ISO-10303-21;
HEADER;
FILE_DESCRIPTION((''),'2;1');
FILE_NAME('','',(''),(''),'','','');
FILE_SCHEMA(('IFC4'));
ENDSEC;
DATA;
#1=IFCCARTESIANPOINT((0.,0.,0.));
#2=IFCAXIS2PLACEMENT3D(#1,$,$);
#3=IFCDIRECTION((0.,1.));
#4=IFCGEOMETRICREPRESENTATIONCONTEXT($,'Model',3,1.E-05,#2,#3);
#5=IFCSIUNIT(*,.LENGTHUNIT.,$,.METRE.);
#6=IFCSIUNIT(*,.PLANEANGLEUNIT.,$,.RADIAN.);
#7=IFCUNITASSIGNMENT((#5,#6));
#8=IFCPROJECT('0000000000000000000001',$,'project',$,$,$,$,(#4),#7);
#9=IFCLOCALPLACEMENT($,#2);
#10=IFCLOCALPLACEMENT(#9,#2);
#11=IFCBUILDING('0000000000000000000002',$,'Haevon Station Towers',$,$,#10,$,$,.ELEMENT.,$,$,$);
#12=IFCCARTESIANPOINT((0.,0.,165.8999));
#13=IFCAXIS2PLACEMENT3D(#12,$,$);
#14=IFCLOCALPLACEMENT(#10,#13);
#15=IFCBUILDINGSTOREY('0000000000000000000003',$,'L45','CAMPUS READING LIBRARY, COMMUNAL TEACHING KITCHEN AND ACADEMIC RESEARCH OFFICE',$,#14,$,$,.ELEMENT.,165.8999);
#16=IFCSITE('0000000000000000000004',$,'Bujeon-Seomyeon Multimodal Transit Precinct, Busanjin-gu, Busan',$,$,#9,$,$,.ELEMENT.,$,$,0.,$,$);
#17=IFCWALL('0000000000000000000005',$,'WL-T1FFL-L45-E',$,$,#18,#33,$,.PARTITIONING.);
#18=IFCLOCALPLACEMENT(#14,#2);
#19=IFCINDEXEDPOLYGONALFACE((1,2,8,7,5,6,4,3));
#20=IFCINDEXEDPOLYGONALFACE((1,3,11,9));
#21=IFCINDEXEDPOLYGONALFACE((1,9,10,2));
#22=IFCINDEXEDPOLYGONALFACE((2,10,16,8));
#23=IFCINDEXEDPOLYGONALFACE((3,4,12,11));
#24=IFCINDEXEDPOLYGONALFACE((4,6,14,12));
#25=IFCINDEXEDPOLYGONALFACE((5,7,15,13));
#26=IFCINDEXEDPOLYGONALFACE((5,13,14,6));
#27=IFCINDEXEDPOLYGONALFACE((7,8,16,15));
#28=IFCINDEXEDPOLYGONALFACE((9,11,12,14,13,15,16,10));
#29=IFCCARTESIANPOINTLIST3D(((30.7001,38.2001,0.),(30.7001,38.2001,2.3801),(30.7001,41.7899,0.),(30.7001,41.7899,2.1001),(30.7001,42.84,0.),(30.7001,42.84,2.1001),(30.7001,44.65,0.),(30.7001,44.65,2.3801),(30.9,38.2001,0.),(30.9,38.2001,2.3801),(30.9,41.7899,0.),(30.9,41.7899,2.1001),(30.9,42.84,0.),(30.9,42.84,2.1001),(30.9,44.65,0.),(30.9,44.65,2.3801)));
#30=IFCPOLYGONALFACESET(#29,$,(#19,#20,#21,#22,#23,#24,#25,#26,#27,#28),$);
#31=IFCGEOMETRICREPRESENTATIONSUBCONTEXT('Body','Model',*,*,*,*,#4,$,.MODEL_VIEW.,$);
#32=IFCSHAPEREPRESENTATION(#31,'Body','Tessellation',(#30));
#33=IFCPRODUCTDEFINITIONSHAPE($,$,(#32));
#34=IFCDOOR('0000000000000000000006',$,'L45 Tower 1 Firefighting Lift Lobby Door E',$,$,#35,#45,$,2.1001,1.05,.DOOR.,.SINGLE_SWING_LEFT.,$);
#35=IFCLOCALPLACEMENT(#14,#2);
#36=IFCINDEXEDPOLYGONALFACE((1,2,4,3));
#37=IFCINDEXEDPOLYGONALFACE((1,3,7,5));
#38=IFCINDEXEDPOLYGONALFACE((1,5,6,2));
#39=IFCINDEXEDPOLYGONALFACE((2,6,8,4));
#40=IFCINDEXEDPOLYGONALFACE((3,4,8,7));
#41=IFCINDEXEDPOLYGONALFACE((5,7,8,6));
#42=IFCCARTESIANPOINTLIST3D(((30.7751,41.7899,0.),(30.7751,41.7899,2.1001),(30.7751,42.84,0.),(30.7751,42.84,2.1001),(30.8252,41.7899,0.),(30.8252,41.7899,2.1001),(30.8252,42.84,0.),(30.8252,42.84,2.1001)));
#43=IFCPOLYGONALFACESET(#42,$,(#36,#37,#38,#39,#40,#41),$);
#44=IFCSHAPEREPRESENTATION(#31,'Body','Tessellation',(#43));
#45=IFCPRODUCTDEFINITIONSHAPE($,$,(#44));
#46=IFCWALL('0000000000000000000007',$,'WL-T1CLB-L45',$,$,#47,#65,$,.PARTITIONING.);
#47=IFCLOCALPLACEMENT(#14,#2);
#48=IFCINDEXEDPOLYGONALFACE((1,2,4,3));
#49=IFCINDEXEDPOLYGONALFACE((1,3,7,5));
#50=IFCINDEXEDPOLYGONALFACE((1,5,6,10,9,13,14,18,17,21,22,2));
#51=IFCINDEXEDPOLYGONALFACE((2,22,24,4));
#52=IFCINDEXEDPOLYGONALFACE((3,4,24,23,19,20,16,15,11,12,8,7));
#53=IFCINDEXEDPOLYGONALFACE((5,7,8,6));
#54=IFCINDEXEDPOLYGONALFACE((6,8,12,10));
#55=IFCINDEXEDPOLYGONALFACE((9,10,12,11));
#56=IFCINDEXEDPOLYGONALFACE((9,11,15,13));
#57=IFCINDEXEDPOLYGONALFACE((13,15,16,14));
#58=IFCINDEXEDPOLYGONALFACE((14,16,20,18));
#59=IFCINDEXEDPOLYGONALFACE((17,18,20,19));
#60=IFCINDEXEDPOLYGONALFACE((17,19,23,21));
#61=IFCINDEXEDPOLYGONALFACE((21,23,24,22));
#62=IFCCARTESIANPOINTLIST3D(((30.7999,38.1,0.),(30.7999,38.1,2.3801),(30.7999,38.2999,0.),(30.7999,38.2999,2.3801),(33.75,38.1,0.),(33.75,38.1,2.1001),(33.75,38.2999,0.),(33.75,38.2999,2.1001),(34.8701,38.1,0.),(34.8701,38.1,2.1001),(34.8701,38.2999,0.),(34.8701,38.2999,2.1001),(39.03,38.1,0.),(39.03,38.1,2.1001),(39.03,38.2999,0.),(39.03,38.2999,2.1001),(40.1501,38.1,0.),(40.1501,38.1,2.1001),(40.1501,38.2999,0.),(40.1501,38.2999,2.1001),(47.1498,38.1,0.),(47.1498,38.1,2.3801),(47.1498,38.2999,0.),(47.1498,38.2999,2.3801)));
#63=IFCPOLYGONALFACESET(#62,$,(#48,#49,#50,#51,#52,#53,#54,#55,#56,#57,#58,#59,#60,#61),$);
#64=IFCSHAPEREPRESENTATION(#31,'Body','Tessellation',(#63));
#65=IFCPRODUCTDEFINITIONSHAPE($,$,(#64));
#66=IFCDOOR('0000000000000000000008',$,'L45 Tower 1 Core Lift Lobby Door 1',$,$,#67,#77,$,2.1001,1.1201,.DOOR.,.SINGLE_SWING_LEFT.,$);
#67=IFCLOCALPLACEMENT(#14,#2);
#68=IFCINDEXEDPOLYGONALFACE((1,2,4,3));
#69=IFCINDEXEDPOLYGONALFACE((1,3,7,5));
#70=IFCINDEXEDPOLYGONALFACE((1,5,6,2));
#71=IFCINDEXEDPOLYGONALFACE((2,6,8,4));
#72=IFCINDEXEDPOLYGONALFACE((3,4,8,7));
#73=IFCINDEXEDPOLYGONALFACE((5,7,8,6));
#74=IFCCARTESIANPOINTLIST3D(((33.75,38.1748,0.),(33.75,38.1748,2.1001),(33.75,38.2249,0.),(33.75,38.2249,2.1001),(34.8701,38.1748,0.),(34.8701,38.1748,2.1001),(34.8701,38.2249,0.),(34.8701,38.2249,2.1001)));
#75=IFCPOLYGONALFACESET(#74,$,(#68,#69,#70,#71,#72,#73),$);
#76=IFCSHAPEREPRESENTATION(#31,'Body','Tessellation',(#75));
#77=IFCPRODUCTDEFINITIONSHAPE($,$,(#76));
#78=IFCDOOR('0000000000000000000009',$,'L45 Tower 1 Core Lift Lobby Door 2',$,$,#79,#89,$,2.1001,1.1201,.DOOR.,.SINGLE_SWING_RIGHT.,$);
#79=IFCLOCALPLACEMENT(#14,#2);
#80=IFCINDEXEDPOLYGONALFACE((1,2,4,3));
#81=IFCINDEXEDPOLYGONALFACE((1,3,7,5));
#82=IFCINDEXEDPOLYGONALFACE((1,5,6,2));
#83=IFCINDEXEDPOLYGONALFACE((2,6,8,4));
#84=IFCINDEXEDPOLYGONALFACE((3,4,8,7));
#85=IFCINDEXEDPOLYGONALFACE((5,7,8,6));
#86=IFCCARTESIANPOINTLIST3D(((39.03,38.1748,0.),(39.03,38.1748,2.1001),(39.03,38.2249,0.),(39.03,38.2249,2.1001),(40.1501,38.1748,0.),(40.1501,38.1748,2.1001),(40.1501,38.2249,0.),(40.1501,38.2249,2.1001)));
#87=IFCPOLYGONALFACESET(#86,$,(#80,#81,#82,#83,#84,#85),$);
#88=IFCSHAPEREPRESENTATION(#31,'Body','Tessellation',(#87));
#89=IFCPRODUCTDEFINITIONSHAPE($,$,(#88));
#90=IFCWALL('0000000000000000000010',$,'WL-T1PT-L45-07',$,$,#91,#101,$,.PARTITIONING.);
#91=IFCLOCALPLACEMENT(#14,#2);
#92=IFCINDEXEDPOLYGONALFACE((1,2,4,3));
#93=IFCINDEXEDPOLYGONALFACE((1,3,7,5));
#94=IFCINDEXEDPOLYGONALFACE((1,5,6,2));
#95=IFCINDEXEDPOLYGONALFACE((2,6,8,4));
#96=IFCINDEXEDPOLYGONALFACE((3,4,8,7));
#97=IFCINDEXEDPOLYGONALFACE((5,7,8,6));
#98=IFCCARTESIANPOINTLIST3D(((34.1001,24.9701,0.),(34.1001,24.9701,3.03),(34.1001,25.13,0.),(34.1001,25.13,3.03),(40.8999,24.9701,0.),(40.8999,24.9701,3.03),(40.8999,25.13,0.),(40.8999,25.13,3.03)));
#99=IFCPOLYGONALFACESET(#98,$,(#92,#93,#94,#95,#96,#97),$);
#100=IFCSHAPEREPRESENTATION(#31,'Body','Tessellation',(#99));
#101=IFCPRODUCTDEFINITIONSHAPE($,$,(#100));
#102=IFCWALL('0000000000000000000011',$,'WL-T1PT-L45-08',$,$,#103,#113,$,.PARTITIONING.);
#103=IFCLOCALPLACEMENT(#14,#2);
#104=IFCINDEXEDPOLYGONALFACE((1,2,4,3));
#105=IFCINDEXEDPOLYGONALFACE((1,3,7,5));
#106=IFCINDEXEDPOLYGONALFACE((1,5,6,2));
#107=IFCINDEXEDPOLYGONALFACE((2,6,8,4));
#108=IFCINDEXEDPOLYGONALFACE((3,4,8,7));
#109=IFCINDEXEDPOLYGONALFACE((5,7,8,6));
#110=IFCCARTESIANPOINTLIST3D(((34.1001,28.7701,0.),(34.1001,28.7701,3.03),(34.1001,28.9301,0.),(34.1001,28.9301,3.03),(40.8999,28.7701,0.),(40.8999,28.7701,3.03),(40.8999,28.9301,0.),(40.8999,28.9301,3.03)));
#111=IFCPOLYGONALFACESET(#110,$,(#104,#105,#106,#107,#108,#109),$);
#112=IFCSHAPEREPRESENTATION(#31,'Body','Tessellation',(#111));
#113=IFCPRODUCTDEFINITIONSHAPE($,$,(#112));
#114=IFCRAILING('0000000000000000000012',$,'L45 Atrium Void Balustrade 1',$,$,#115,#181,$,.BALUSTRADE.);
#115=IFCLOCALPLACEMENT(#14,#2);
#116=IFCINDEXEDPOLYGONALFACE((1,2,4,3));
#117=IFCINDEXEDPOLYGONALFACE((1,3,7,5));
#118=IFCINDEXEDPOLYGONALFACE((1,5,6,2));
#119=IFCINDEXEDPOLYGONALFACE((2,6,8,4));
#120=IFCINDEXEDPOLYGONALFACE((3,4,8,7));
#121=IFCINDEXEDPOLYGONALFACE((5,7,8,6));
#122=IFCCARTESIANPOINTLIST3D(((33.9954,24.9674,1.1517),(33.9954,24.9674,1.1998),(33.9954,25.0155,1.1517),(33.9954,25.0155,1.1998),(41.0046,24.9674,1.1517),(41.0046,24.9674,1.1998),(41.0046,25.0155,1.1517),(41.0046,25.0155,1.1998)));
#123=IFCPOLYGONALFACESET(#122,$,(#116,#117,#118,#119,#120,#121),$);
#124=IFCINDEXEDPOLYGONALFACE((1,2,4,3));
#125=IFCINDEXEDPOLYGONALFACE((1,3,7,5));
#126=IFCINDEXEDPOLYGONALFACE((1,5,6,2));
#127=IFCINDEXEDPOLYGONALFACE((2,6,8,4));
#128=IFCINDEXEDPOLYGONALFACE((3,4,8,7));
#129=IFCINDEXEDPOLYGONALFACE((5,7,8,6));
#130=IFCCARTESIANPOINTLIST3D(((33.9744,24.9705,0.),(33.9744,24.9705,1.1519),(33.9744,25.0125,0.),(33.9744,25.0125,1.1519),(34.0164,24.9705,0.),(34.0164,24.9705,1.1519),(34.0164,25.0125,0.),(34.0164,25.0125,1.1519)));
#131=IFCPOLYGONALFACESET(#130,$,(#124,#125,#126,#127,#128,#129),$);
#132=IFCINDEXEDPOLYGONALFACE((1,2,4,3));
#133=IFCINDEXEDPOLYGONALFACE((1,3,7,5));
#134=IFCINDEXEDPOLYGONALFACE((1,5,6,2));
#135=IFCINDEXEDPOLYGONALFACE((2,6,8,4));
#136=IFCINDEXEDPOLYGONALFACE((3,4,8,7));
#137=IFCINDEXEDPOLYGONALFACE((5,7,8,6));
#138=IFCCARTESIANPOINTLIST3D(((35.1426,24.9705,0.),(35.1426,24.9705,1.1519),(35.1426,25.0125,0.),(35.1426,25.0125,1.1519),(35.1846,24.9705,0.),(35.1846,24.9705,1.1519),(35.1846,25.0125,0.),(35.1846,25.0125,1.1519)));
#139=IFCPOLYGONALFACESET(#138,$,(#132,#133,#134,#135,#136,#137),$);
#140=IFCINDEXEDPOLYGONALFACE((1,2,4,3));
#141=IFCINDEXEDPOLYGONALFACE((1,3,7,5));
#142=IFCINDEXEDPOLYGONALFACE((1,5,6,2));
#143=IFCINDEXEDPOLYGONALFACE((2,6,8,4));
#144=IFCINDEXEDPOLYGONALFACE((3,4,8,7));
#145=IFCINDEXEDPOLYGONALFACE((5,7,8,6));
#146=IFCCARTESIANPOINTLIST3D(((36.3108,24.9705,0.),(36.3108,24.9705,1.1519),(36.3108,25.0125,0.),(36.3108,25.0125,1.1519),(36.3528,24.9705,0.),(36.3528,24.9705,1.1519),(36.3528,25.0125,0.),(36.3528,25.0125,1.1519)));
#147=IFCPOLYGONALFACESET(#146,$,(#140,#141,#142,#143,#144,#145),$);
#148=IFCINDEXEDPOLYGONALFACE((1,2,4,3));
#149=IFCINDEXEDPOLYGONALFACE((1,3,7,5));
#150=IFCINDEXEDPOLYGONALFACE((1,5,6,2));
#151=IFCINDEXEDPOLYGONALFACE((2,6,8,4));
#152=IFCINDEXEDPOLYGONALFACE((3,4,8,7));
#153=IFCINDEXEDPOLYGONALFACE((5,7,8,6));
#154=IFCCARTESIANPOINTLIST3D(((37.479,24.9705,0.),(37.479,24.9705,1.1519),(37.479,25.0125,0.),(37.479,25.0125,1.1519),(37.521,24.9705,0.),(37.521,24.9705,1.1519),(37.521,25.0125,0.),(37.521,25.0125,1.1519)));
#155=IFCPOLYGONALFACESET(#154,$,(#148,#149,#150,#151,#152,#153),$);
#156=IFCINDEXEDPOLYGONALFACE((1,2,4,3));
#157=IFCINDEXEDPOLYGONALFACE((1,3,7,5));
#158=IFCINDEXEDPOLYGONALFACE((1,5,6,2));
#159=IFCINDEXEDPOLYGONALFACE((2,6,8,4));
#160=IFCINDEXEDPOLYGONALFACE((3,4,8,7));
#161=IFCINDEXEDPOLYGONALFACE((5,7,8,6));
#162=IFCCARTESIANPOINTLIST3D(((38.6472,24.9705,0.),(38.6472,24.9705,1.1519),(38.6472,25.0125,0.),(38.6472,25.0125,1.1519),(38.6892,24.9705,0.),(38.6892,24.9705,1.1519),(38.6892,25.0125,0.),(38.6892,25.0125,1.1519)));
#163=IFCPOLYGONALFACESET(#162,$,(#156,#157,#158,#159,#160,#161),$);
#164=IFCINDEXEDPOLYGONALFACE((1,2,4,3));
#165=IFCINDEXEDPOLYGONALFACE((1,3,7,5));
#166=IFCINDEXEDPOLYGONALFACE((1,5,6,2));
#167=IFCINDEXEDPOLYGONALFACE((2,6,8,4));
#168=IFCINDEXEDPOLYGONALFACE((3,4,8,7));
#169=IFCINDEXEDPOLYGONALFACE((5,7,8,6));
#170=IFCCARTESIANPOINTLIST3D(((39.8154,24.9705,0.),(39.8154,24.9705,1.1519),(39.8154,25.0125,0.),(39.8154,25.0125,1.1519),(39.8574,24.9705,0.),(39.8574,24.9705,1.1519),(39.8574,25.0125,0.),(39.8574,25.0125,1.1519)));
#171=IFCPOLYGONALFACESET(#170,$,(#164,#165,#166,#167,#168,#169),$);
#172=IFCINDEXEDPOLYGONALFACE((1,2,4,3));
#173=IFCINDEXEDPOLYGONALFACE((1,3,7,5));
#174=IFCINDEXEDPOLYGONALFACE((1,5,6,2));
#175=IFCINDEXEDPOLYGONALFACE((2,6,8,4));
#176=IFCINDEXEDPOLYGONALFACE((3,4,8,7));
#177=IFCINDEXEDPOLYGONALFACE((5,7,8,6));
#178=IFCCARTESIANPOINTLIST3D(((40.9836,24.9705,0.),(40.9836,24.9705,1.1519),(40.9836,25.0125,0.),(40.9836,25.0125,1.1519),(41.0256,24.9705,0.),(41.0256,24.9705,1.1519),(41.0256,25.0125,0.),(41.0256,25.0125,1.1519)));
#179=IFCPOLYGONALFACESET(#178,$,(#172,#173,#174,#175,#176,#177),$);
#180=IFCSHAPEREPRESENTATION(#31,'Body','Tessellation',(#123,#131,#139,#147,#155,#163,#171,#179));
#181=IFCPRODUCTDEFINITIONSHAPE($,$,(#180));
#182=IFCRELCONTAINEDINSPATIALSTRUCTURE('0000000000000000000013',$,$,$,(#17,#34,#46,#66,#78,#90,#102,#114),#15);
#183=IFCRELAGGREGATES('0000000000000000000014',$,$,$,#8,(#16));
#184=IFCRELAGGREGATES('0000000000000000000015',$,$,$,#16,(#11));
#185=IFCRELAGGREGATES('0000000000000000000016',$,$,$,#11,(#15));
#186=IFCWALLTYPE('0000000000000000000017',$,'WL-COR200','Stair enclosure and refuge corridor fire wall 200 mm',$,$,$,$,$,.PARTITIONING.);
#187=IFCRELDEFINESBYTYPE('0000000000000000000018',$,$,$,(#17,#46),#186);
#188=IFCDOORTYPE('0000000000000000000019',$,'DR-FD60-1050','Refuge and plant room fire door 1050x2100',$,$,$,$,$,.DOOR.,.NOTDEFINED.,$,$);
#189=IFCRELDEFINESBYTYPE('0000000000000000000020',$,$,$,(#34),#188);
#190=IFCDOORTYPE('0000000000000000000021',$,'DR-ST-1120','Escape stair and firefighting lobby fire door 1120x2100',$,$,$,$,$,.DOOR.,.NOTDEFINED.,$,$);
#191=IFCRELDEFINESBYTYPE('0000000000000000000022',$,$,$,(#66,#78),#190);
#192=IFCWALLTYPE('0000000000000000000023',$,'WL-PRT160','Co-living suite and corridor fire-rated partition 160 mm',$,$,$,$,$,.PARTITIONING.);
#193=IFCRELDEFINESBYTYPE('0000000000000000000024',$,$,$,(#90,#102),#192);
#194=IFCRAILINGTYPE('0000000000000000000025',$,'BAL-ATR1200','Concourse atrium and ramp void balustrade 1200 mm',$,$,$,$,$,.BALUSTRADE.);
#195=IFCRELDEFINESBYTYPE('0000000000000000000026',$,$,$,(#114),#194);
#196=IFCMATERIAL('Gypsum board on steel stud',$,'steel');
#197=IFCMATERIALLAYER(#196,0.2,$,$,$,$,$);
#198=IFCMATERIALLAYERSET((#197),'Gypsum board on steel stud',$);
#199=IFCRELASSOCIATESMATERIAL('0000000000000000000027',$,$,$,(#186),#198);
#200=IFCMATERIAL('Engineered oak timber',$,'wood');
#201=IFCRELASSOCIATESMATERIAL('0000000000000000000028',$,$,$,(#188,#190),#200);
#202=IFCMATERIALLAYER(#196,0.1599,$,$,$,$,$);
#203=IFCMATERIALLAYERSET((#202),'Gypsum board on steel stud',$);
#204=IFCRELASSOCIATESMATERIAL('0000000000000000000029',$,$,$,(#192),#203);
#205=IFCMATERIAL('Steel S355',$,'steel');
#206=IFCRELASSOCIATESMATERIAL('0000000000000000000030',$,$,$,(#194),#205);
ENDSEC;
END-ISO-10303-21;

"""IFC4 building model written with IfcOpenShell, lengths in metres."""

from ifc_helpers import new_model, si_unit, direction, frame, frame_2d, origin, origin_2d, place, context, subcontext, project, spatial, rectangle, extrude, material, layer, layer_set, type_object, element, fill, save


model = new_model("IFC4")

# Units and contexts
model_context = context("Model", 3, precision=1e-05, world=origin(), true_north=direction((0.0, 1.0)))
body_context = subcontext(model_context, "Body", "Model", "MODEL_VIEW")
ifc_project = project(units=[si_unit("LENGTHUNIT", "METRE"), si_unit("PLANEANGLEUNIT", "RADIAN")], contexts=[model_context])

# Site, building, storey
site_placement = place(None, origin())
site = spatial("IfcSite", under=ifc_project, at=site_placement, Name="Bujeon-Seomyeon Multimodal Transit Precinct, Busanjin-gu, Busan", CompositionType="ELEMENT", RefElevation=0.0)
building_placement = place(site_placement, origin())
building = spatial("IfcBuilding", under=site, at=building_placement, Name="Haevon Station Towers", CompositionType="ELEMENT")
storey_placement = place(building_placement, frame((0.0, 0.0, 165.8999)))
storey = spatial("IfcBuildingStorey", under=building, at=storey_placement, Name="L45", Description="CAMPUS READING LIBRARY, COMMUNAL TEACHING KITCHEN AND ACADEMIC RESEARCH OFFICE", CompositionType="ELEMENT", Elevation=165.8999)

# Shared definitions
ifc_material_1 = material(Name="Steel S355", Category="steel")

# Shared definitions
ifc_material_2 = material(Name="Gypsum board on steel stud", Category="steel")

# Wall, opening, door
ifc_layer_1 = layer(ifc_material_2, 0.2)
ifc_layer_set_1 = layer_set([ifc_layer_1], Name="Gypsum board on steel stud")
wall_type_1 = type_object("IfcWallType", Name="WL-COR200", Description="Stair enclosure and refuge corridor fire wall 200 mm", PredefinedType="PARTITIONING", material=ifc_layer_set_1)
wall_1_placement = place(storey_placement, frame((30.8, 38.2, 0.0), z_axis=(0.0, 0.0, 1.0), x_axis=(0.0, 1.0, 0.0)))
wall_1 = element("IfcWall", 1, at=wall_1_placement, inside=storey, type_object=wall_type_1, Name="WL-T1FFL-L45-E", PredefinedType="PARTITIONING", context=body_context, shape_type="SweptSolid", body=[
    extrude(rectangle(XDim=6.45, YDim=0.2, at=frame_2d((3.2251, 0.0))), origin(), (0.0, 0.0, 1.0), 2.3801),
])
opening_1_placement = place(wall_1_placement, frame((3.5901, 0.0, 0.0)))
opening_1 = element("IfcOpeningElement", 2, at=opening_1_placement, cuts=wall_1, PredefinedType="OPENING", context=body_context, shape_type="SweptSolid", body=[
    extrude(rectangle(XDim=1.05, YDim=2.1001, at=frame_2d((0.5249, 1.05))), frame((0.0, 0.1099, 0.0), z_axis=(0.0, -1.0, 0.0), x_axis=(1.0, 0.0, 0.0)), (0.0, 0.0, 1.0), 0.22),
])
ifc_material_3 = material(Name="Engineered oak timber", Category="wood")
door_type_1 = type_object("IfcDoorType", Name="DR-FD60-1050", Description="Refuge and plant room fire door 1050x2100", OperationType="NOTDEFINED", PredefinedType="DOOR", material=ifc_material_3)
door_1_placement = place(opening_1_placement, origin())
door_1 = element("IfcDoor", 3, at=door_1_placement, inside=storey, type_object=door_type_1, Name="L45 Tower 1 Firefighting Lift Lobby Door E", OperationType="SINGLE_SWING_LEFT", OverallHeight=2.1001, OverallWidth=1.05, PredefinedType="DOOR", context=body_context, shape_type="SweptSolid", body=[
    extrude(rectangle(XDim=1.05, YDim=2.1001, at=frame_2d((0.5249, 1.05))), frame((0.0, 0.0249, 0.0), z_axis=(0.0, -1.0, 0.0), x_axis=(1.0, 0.0, 0.0)), (0.0, 0.0, 1.0), 0.05),
])
fill(opening_1, door_1)

# Wall, openings, doors
wall_2_placement = place(storey_placement, frame((30.8, 38.2, 0.0), z_axis=(0.0, 0.0, 1.0), x_axis=(1.0, 0.0, 0.0)))
wall_2 = element("IfcWall", 4, at=wall_2_placement, inside=storey, type_object=wall_type_1, Name="WL-T1CLB-L45", PredefinedType="PARTITIONING", context=body_context, shape_type="SweptSolid", body=[
    extrude(rectangle(XDim=16.3499, YDim=0.2, at=frame_2d((8.1748, 0.0))), origin(), (0.0, 0.0, 1.0), 2.3801),
])
opening_2_placement = place(wall_2_placement, frame((2.95, 0.0, 0.0)))
opening_2 = element("IfcOpeningElement", 5, at=opening_2_placement, cuts=wall_2, PredefinedType="OPENING", context=body_context, shape_type="SweptSolid", body=[
    extrude(rectangle(XDim=1.1201, YDim=2.1001, at=frame_2d((0.5601, 1.05))), frame((0.0, 0.1099, 0.0), z_axis=(0.0, -1.0, 0.0), x_axis=(1.0, 0.0, 0.0)), (0.0, 0.0, 1.0), 0.22),
])
opening_3_placement = place(wall_2_placement, frame((8.23, 0.0, 0.0)))
opening_3 = element("IfcOpeningElement", 6, at=opening_3_placement, cuts=wall_2, PredefinedType="OPENING", context=body_context, shape_type="SweptSolid", body=[
    extrude(rectangle(XDim=1.1201, YDim=2.1001, at=frame_2d((0.5601, 1.05))), frame((0.0, 0.1099, 0.0), z_axis=(0.0, -1.0, 0.0), x_axis=(1.0, 0.0, 0.0)), (0.0, 0.0, 1.0), 0.22),
])
door_type_2 = type_object("IfcDoorType", Name="DR-ST-1120", Description="Escape stair and firefighting lobby fire door 1120x2100", OperationType="NOTDEFINED", PredefinedType="DOOR", material=ifc_material_3)
door_2_placement = place(opening_2_placement, origin())
door_2 = element("IfcDoor", 7, at=door_2_placement, inside=storey, type_object=door_type_2, Name="L45 Tower 1 Core Lift Lobby Door 1", OperationType="SINGLE_SWING_LEFT", OverallHeight=2.1001, OverallWidth=1.1201, PredefinedType="DOOR", context=body_context, shape_type="SweptSolid", body=[
    extrude(rectangle(XDim=1.1201, YDim=2.1001, at=frame_2d((0.5601, 1.05))), frame((0.0, 0.0249, 0.0), z_axis=(0.0, -1.0, 0.0), x_axis=(1.0, 0.0, 0.0)), (0.0, 0.0, 1.0), 0.05),
])
fill(opening_2, door_2)
door_3_placement = place(opening_3_placement, origin())
door_3 = element("IfcDoor", 8, at=door_3_placement, inside=storey, type_object=door_type_2, Name="L45 Tower 1 Core Lift Lobby Door 2", OperationType="SINGLE_SWING_RIGHT", OverallHeight=2.1001, OverallWidth=1.1201, PredefinedType="DOOR", context=body_context, shape_type="SweptSolid", body=[
    extrude(rectangle(XDim=1.1201, YDim=2.1001, at=frame_2d((0.5601, 1.05))), frame((0.0, 0.0249, 0.0), z_axis=(0.0, -1.0, 0.0), x_axis=(1.0, 0.0, 0.0)), (0.0, 0.0, 1.0), 0.05),
])
fill(opening_3, door_3)

# Walls
ifc_layer_2 = layer(ifc_material_2, 0.1599)
ifc_layer_set_2 = layer_set([ifc_layer_2], Name="Gypsum board on steel stud")
wall_type_2 = type_object("IfcWallType", Name="WL-PRT160", Description="Co-living suite and corridor fire-rated partition 160 mm", PredefinedType="PARTITIONING", material=ifc_layer_set_2)
for number, where, z_axis, x_axis, name in (
    (9, (34.1001, 25.05, 0.0), (0.0, 0.0, 1.0), (1.0, 0.0, 0.0), "WL-T1PT-L45-07"),
    (10, (34.1001, 28.8501, 0.0), (0.0, 0.0, 1.0), (1.0, 0.0, 0.0), "WL-T1PT-L45-08"),
):
    element("IfcWall", number, at=place(storey_placement, frame(where, z_axis=z_axis, x_axis=x_axis)), inside=storey, type_object=wall_type_2, Name=name, PredefinedType="PARTITIONING", context=body_context, shape_type="SweptSolid", body=[
        extrude(rectangle(XDim=6.7998, YDim=0.1599, at=frame_2d((3.3999, 0.0))), origin(), (0.0, 0.0, 1.0), 3.03),
    ])

# Railing
railing_type_1 = type_object("IfcRailingType", Name="BAL-ATR1200", Description="Concourse atrium and ramp void balustrade 1200 mm", PredefinedType="BALUSTRADE", material=ifc_material_1)
railing_1_placement = place(storey_placement, frame((33.9954, 24.9915, 0.0)))
element("IfcRailing", 11, at=railing_1_placement, inside=storey, type_object=railing_type_1, Name="L45 Atrium Void Balustrade 1", PredefinedType="BALUSTRADE", context=body_context, shape_type="SweptSolid", body=[
    extrude(rectangle(XDim=0.0481, YDim=0.0481, at=origin_2d()), frame((0.0, 0.0, 1.1758), z_axis=(1.0, 0.0, 0.0), x_axis=(0.0, 1.0, 0.0)), (0.0, 0.0, 1.0), 7.0093),
    extrude(rectangle(XDim=0.042, YDim=0.042, at=origin_2d()), origin(), (0.0, 0.0, 1.0), 1.1519),
    extrude(rectangle(XDim=0.042, YDim=0.042, at=origin_2d()), frame((1.1682, 0.0, 0.0)), (0.0, 0.0, 1.0), 1.1519),
    extrude(rectangle(XDim=0.042, YDim=0.042, at=origin_2d()), frame((2.3364, 0.0, 0.0)), (0.0, 0.0, 1.0), 1.1519),
    extrude(rectangle(XDim=0.042, YDim=0.042, at=origin_2d()), frame((3.5046, 0.0, 0.0)), (0.0, 0.0, 1.0), 1.1519),
    extrude(rectangle(XDim=0.042, YDim=0.042, at=origin_2d()), frame((4.6729, 0.0, 0.0)), (0.0, 0.0, 1.0), 1.1519),
    extrude(rectangle(XDim=0.042, YDim=0.042, at=origin_2d()), frame((5.8411, 0.0, 0.0)), (0.0, 0.0, 1.0), 1.1519),
    extrude(rectangle(XDim=0.042, YDim=0.042, at=origin_2d()), frame((7.0093, 0.0, 0.0)), (0.0, 0.0, 1.0), 1.1519),
])

save(model, "model.ifc")
